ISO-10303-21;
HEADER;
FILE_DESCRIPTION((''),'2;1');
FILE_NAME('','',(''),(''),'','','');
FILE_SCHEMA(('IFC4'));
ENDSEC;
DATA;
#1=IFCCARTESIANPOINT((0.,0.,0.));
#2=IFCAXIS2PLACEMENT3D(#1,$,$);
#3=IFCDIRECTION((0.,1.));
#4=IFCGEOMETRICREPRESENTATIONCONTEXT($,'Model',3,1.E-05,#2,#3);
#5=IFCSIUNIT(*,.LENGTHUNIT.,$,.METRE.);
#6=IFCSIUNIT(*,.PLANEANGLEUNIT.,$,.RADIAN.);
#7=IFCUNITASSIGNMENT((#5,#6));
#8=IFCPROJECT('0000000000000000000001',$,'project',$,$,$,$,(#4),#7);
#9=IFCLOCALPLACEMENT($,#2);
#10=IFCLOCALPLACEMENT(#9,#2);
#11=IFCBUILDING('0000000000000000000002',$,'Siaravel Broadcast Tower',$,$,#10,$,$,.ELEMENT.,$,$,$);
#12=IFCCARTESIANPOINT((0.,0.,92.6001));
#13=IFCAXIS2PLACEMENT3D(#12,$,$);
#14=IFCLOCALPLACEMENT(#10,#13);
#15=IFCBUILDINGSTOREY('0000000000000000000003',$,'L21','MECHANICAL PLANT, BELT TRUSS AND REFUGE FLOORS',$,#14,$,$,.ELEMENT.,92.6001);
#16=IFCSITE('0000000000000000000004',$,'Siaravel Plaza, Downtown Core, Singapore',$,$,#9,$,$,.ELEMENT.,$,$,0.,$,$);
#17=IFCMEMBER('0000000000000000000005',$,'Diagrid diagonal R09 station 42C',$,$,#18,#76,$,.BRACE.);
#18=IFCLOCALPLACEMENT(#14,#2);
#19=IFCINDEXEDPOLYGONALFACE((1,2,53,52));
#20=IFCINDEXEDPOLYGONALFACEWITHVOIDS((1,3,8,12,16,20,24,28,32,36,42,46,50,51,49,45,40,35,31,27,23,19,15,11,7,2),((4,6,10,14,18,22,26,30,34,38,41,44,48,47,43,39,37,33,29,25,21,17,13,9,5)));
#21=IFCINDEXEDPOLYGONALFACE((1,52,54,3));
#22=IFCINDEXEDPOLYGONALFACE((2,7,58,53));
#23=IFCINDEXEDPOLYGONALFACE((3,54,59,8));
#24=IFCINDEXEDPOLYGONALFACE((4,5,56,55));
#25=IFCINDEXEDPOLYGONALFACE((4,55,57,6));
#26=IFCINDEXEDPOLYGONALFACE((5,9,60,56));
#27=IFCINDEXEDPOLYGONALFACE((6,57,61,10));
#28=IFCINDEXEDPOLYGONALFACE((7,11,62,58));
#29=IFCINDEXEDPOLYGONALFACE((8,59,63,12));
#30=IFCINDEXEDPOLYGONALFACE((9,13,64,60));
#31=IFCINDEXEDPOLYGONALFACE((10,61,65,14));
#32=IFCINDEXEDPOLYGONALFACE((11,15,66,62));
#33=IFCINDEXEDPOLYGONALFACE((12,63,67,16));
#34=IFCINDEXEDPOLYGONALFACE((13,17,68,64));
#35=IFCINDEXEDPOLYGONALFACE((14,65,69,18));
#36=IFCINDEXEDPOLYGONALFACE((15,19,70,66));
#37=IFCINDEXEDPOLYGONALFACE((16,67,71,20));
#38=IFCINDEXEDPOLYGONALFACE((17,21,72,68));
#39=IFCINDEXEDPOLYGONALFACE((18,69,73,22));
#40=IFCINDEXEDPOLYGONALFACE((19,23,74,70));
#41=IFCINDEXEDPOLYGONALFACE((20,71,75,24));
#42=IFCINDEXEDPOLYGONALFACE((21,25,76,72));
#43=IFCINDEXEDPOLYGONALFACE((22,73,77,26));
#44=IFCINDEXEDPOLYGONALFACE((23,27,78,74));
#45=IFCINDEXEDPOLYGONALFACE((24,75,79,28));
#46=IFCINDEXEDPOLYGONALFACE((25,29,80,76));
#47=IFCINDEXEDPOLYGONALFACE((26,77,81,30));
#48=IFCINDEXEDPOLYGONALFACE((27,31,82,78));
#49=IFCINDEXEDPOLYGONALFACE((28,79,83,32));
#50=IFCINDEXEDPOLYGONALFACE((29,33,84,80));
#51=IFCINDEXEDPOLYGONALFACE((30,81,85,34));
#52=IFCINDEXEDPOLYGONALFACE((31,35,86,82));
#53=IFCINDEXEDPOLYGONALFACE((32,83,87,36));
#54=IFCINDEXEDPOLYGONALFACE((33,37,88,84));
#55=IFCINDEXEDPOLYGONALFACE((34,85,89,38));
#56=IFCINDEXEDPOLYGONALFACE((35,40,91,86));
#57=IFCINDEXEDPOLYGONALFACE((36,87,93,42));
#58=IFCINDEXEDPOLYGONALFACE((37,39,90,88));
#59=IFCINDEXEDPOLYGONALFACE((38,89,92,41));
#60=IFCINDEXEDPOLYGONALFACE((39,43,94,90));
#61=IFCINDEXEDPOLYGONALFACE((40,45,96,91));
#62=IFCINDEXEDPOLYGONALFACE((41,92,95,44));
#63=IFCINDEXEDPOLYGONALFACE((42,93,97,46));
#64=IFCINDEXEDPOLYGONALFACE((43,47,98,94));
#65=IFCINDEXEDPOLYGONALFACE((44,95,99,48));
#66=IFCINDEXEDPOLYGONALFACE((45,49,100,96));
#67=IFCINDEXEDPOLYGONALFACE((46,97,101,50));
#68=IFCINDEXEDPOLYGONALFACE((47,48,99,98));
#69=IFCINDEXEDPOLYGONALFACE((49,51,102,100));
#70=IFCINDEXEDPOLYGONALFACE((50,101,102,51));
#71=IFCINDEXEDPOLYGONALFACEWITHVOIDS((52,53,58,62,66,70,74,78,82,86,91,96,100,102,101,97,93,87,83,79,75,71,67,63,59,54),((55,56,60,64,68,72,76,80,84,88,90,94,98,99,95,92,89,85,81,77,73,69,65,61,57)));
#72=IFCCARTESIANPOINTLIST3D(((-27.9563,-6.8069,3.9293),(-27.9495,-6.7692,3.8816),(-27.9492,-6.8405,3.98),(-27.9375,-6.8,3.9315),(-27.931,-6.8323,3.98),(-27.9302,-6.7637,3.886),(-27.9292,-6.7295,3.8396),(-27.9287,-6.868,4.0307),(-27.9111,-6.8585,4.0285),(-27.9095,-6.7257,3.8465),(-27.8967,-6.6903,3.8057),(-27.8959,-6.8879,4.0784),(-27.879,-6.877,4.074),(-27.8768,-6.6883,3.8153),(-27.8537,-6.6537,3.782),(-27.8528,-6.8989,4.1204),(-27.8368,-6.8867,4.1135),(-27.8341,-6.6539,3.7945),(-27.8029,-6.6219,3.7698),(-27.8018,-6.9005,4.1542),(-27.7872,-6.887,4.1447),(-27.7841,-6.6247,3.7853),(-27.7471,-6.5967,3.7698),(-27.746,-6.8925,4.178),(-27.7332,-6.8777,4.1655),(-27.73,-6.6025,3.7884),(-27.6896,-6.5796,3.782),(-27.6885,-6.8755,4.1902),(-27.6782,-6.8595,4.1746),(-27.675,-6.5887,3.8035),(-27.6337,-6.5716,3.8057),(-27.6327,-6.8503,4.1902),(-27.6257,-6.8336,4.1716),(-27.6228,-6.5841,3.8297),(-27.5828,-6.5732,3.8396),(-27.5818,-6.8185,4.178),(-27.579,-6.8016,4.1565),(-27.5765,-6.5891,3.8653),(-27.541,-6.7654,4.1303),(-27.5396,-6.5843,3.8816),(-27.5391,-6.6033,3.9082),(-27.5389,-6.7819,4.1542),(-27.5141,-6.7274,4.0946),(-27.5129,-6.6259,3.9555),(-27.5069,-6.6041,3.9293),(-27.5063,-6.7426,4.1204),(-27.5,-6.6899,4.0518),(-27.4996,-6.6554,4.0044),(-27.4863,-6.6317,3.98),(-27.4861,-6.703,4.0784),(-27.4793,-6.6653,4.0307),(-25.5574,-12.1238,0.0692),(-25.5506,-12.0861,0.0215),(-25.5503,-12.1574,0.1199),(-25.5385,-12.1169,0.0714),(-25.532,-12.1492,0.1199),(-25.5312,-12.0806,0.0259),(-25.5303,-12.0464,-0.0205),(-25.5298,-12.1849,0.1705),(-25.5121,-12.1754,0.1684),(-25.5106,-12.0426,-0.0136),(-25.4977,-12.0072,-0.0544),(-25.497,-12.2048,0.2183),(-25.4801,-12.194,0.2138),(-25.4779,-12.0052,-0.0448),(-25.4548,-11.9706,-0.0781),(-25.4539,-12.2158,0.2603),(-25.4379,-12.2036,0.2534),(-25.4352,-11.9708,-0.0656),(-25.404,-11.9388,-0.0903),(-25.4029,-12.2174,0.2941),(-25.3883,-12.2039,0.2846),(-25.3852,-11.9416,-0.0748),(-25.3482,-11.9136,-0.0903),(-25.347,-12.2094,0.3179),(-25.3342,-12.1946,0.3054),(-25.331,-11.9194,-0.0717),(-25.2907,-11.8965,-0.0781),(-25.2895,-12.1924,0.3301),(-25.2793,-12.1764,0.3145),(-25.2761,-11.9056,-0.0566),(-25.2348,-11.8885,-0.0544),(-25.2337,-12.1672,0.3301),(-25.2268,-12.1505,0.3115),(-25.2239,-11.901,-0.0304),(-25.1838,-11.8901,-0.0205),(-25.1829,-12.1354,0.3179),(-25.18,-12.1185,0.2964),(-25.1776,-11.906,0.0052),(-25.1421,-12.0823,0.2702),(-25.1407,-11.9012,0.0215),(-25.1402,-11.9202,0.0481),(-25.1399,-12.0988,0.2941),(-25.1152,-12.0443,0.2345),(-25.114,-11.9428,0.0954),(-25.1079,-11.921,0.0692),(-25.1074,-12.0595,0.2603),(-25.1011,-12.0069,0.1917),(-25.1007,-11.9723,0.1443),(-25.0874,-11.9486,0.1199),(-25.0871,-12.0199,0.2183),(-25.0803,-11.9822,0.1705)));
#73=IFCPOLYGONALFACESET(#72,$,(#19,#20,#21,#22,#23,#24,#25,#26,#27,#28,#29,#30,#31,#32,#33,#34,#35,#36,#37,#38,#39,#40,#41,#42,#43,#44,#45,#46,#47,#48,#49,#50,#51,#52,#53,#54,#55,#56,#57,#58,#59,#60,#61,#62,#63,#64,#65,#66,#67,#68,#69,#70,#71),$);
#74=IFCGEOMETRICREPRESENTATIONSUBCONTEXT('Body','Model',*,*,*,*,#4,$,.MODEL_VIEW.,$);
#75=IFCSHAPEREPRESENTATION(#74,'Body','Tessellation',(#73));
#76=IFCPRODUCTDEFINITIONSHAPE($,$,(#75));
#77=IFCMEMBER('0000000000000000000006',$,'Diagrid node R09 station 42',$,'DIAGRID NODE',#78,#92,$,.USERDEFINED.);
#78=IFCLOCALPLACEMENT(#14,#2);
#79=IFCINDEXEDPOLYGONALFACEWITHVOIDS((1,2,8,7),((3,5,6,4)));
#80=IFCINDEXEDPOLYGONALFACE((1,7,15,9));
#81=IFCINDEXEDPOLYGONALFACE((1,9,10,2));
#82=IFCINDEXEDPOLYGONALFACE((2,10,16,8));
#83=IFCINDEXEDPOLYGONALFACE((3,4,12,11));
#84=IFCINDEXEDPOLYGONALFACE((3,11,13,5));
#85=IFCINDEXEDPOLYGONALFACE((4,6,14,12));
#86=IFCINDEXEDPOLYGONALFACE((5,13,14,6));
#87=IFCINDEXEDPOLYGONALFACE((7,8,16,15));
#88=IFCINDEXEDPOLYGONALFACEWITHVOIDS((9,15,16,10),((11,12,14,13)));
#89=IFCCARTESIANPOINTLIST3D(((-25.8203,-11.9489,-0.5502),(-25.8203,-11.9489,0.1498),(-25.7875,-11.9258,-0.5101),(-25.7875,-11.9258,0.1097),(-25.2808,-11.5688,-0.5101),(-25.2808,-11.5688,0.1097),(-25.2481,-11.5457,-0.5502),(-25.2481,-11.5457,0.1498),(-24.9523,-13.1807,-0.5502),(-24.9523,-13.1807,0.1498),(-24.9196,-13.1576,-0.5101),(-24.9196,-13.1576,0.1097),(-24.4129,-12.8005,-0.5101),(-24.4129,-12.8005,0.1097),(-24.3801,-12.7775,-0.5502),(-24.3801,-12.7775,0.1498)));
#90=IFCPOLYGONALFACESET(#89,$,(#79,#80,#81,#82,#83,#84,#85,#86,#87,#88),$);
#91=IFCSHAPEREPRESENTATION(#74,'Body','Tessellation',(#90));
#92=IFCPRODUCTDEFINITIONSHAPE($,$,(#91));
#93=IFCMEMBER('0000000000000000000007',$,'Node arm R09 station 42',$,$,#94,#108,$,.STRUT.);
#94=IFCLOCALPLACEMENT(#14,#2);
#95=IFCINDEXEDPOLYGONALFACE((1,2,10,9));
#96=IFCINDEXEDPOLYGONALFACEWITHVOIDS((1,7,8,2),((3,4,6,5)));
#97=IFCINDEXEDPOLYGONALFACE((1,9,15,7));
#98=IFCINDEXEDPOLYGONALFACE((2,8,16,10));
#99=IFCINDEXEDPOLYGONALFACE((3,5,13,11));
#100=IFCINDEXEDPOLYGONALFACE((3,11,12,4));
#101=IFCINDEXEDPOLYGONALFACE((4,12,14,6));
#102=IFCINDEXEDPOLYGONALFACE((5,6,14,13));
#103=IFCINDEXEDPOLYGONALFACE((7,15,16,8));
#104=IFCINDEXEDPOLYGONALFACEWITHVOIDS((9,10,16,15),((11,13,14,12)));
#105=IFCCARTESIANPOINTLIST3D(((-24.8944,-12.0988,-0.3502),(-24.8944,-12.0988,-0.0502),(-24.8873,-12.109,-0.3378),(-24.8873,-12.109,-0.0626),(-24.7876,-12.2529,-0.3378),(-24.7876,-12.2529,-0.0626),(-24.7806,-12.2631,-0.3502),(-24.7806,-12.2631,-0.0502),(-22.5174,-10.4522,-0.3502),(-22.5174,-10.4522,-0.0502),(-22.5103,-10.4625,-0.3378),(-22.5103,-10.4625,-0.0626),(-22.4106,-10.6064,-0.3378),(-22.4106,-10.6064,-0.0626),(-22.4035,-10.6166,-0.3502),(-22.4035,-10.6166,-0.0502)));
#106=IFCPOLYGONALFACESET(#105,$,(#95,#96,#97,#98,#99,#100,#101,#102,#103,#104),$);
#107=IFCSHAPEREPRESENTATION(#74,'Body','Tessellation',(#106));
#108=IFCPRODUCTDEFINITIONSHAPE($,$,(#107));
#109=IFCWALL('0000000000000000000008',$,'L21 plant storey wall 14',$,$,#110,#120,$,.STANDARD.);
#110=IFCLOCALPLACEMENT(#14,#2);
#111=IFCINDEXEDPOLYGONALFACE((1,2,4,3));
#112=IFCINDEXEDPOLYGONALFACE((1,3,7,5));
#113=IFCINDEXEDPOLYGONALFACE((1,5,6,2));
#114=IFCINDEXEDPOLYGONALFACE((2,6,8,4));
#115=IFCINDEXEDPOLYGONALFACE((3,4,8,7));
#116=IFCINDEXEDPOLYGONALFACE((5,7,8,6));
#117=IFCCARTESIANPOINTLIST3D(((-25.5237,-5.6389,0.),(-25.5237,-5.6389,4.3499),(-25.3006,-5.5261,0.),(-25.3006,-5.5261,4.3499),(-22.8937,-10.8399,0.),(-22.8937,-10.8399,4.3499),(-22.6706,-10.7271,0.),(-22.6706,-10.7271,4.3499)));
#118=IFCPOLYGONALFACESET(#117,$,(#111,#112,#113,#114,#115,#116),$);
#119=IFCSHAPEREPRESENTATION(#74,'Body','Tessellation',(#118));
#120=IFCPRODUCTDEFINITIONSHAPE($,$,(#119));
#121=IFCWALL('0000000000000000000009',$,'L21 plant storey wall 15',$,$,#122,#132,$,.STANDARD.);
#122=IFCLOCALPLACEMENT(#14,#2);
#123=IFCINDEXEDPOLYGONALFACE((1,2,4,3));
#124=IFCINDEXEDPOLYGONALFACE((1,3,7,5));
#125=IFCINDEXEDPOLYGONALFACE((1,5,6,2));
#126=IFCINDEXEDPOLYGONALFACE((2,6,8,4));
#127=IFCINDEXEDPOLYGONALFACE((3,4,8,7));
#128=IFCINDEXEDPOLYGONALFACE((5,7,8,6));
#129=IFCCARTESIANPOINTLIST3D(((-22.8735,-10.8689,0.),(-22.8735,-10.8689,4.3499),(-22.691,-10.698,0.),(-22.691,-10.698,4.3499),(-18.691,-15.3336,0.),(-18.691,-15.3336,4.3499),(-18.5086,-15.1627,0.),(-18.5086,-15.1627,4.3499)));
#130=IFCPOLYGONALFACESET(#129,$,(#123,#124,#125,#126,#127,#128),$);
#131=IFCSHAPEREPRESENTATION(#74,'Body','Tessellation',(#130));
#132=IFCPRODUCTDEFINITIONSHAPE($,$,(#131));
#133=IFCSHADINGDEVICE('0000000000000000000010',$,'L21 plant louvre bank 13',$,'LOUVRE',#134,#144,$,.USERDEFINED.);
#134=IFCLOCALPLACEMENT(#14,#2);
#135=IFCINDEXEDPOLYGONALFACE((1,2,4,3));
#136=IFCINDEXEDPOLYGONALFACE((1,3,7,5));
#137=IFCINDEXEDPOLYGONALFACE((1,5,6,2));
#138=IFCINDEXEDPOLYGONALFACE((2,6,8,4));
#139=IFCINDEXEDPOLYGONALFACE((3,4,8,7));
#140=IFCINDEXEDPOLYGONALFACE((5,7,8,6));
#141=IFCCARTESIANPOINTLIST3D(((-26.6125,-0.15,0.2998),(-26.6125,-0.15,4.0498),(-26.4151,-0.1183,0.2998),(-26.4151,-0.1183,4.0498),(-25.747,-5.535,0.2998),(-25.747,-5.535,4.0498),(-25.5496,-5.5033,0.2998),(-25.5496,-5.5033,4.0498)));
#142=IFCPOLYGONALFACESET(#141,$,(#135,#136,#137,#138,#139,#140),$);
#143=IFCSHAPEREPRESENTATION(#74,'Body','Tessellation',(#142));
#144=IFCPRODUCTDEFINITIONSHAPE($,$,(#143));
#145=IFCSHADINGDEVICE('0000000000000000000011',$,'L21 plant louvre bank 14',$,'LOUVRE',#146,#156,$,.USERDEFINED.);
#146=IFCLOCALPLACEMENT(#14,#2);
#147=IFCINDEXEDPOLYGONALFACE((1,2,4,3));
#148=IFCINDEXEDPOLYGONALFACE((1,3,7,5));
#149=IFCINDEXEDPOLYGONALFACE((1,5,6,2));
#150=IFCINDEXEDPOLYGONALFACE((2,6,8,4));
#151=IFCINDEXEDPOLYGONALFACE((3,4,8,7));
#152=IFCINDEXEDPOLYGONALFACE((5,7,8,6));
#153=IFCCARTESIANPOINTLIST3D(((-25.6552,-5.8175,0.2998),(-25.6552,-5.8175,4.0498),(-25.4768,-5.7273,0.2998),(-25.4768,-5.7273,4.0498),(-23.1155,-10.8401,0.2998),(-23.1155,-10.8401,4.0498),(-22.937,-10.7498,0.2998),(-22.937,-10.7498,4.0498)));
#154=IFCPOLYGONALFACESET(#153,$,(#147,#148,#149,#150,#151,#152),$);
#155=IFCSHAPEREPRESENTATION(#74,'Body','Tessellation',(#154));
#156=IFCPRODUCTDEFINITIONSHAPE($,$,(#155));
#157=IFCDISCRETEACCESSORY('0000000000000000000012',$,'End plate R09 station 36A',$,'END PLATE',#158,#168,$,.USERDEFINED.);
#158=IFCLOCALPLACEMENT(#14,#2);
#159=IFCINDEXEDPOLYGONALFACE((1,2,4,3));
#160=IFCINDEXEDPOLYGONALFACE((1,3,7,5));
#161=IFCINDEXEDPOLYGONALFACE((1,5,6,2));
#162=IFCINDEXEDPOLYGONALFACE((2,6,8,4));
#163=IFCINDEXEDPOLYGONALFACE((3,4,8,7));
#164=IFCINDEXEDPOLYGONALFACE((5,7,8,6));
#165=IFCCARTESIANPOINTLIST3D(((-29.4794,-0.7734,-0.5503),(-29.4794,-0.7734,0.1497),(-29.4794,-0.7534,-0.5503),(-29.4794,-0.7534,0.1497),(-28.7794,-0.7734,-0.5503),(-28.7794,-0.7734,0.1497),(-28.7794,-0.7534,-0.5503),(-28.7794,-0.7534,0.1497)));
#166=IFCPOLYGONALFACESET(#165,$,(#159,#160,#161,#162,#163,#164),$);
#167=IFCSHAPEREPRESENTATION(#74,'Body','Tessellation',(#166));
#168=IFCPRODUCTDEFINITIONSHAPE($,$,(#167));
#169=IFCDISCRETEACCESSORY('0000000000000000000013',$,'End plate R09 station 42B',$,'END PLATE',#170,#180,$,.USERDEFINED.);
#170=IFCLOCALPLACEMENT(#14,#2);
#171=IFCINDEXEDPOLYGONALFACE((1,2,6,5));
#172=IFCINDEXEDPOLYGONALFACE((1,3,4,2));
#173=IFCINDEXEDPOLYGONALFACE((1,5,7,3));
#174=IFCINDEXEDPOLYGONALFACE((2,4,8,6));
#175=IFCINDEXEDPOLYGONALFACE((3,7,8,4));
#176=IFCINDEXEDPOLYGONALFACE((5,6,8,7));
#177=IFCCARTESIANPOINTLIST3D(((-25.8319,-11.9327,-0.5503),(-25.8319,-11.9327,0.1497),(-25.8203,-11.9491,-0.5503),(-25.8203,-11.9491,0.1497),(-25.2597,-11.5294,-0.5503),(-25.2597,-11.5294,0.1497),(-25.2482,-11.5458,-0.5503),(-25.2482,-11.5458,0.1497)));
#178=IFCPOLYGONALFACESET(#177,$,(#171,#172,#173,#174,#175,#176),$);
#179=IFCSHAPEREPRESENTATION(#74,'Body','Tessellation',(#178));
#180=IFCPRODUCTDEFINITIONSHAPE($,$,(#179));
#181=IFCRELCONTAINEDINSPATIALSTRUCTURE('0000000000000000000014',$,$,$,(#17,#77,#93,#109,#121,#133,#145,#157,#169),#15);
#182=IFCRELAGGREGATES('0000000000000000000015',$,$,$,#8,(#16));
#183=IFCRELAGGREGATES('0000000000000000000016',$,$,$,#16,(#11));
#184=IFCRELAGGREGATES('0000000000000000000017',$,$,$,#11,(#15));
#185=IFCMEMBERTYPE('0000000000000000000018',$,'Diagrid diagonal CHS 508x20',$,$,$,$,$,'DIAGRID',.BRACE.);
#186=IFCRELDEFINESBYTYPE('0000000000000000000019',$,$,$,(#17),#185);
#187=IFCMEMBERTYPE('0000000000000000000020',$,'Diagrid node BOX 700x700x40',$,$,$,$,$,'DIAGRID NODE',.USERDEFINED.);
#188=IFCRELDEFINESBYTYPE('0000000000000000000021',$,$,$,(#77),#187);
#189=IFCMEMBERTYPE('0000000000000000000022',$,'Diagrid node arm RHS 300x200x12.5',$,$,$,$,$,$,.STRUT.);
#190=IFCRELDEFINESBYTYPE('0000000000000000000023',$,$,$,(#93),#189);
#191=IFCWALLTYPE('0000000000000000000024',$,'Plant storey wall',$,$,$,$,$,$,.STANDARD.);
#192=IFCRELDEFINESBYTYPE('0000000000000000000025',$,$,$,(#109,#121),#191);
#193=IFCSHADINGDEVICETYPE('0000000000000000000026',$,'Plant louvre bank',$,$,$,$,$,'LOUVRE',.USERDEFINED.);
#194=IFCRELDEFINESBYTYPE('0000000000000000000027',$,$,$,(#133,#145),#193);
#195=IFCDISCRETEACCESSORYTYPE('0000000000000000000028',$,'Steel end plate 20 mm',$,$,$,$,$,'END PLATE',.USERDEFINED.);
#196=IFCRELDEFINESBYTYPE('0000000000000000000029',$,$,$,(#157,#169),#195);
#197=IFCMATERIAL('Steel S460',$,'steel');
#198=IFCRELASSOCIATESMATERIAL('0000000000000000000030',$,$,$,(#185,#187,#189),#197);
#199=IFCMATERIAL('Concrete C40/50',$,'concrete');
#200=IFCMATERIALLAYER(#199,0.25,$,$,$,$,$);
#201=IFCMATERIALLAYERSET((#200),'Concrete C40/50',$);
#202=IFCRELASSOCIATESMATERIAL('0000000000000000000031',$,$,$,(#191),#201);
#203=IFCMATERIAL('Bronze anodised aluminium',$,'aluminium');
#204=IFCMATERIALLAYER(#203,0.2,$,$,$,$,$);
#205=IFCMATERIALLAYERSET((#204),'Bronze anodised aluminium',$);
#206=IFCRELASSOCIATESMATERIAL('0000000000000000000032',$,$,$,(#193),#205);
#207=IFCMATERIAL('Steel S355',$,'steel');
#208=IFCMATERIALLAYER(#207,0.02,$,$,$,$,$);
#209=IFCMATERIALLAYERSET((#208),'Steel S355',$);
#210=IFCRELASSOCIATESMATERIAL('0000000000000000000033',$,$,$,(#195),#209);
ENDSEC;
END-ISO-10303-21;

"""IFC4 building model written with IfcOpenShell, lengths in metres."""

from ifc_helpers import new_model, si_unit, direction, frame, frame_2d, origin, origin_2d, place, context, subcontext, project, spatial, rectangle, hollow_rectangle, hollow_circle, extrude, material, layer, layer_set, material_profile, profile_set, type_object, element, save


model = new_model("IFC4")

# Units and contexts
model_context = context("Model", 3, precision=1e-05, world=origin(), true_north=direction((0.0, 1.0)))
body_context = subcontext(model_context, "Body", "Model", "MODEL_VIEW")
ifc_project = project(units=[si_unit("LENGTHUNIT", "METRE"), si_unit("PLANEANGLEUNIT", "RADIAN")], contexts=[model_context])

# Site, building, storey
site_placement = place(None, origin())
site = spatial("IfcSite", under=ifc_project, at=site_placement, Name="Siaravel Plaza, Downtown Core, Singapore", CompositionType="ELEMENT", RefElevation=0.0)
building_placement = place(site_placement, origin())
building = spatial("IfcBuilding", under=site, at=building_placement, Name="Siaravel Broadcast Tower", CompositionType="ELEMENT")
storey_placement = place(building_placement, frame((0.0, 0.0, 92.6001)))
storey = spatial("IfcBuildingStorey", under=building, at=storey_placement, Name="L21", Description="MECHANICAL PLANT, BELT TRUSS AND REFUGE FLOORS", CompositionType="ELEMENT", Elevation=92.6001)

# Shared definitions
ifc_material_1 = material(Name="Steel S355", Category="steel")
ifc_material_2 = material(Name="Steel S460", Category="steel")

# Members
ifc_material_profile_1 = material_profile(ifc_material_2, hollow_circle(Radius=0.2539, WallThickness=0.02, at=origin_2d()))
ifc_profile_set_1 = profile_set([ifc_material_profile_1], Name="Steel S460")
member_type_1 = type_object("IfcMemberType", Name="Diagrid diagonal CHS 508x20", ElementType="DIAGRID", PredefinedType="BRACE", material=ifc_profile_set_1)
member_1_placement = place(storey_placement, frame((-25.3188, -12.053, 0.1199), z_axis=(-0.342968, 0.760141, 0.551868), x_axis=(-0.911515, -0.411266, 0.0)))
element("IfcMember", 1, at=member_1_placement, inside=storey, type_object=member_type_1, Name="Diagrid diagonal R09 station 42C", PredefinedType="BRACE", context=body_context, shape_type="SweptSolid", body=[
    extrude(hollow_circle(Radius=0.2539, WallThickness=0.02, at=origin_2d()), origin(), (0.0, 0.0, 1.0), 6.9946),
])
ifc_material_profile_2 = material_profile(ifc_material_2, hollow_rectangle(XDim=0.7, YDim=0.7, WallThickness=0.04, at=origin_2d()))
ifc_profile_set_2 = profile_set([ifc_material_profile_2], Name="Steel S460")
member_type_2 = type_object("IfcMemberType", Name="Diagrid node BOX 700x700x40", ElementType="DIAGRID NODE", PredefinedType="USERDEFINED", material=ifc_profile_set_2)
member_2_placement = place(storey_placement, frame((-25.5342, -11.7473, -0.2002), z_axis=(0.576015, -0.817439, 0.0), x_axis=(0.817439, 0.576015, 0.0)))
element("IfcMember", 2, at=member_2_placement, inside=storey, type_object=member_type_2, Name="Diagrid node R09 station 42", ObjectType="DIAGRID NODE", PredefinedType="USERDEFINED", context=body_context, shape_type="SweptSolid", body=[
    extrude(hollow_rectangle(XDim=0.7, YDim=0.7, WallThickness=0.04, at=origin_2d()), origin(), (0.0, 0.0, 1.0), 1.5068),
])
ifc_material_profile_3 = material_profile(ifc_material_2, hollow_rectangle(XDim=0.2, YDim=0.3, WallThickness=0.0125, at=origin_2d()))
ifc_profile_set_3 = profile_set([ifc_material_profile_3], Name="Steel S460")
member_type_3 = type_object("IfcMemberType", Name="Diagrid node arm RHS 300x200x12.5", PredefinedType="STRUT", material=ifc_profile_set_3)
member_3_placement = place(storey_placement, frame((-22.4604, -10.5344, -0.2002), z_axis=(-0.822046, -0.569421, 0.0), x_axis=(0.569421, -0.822046, 0.0)))
element("IfcMember", 3, at=member_3_placement, inside=storey, type_object=member_type_3, Name="Node arm R09 station 42", PredefinedType="STRUT", context=body_context, shape_type="SweptSolid", body=[
    extrude(hollow_rectangle(XDim=0.2, YDim=0.3, WallThickness=0.0125, at=origin_2d()), origin(), (0.0, 0.0, 1.0), 2.8916),
])

# Walls
ifc_material_3 = material(Name="Concrete C40/50", Category="concrete")
ifc_layer_1 = layer(ifc_material_3, 0.25)
ifc_layer_set_1 = layer_set([ifc_layer_1], Name="Concrete C40/50")
wall_type = type_object("IfcWallType", Name="Plant storey wall", PredefinedType="STANDARD", material=ifc_layer_set_1)
wall_1_placement = place(storey_placement, frame((-25.4121, -5.5825, 0.0), z_axis=(0.0, 0.0, 1.0), x_axis=(0.451247, -0.892399, 0.0)))
element("IfcWall", 4, at=wall_1_placement, inside=storey, type_object=wall_type, Name="L21 plant storey wall 14", PredefinedType="STANDARD", context=body_context, shape_type="SweptSolid", body=[
    extrude(rectangle(XDim=5.8281, YDim=0.25, at=frame_2d((2.9141, 0.0))), origin(), (0.0, 0.0, 1.0), 4.3499),
])
wall_2_placement = place(storey_placement, frame((-22.7822, -10.7834, 0.0), z_axis=(0.0, 0.0, 1.0), x_axis=(0.683664, -0.729797, 0.0)))
element("IfcWall", 5, at=wall_2_placement, inside=storey, type_object=wall_type, Name="L21 plant storey wall 15", PredefinedType="STANDARD", context=body_context, shape_type="SweptSolid", body=[
    extrude(rectangle(XDim=6.1177, YDim=0.25, at=frame_2d((3.0588, 0.0))), origin(), (0.0, 0.0, 1.0), 4.3499),
])

# Shading devices
ifc_material_4 = material(Name="Bronze anodised aluminium", Category="aluminium")
ifc_layer_2 = layer(ifc_material_4, 0.2)
ifc_layer_set_2 = layer_set([ifc_layer_2], Name="Bronze anodised aluminium")
shading_device_type = type_object("IfcShadingDeviceType", Name="Plant louvre bank", ElementType="LOUVRE", PredefinedType="USERDEFINED", material=ifc_layer_set_2)
shading_device_1_placement = place(storey_placement, frame((-26.0811, -2.8267, 0.2998), z_axis=(0.0, 0.0, 1.0), x_axis=(0.158685, -0.987329, 0.0)))
element("IfcShadingDevice", 6, at=shading_device_1_placement, inside=storey, type_object=shading_device_type, Name="L21 plant louvre bank 13", ObjectType="LOUVRE", PredefinedType="USERDEFINED", context=body_context, shape_type="SweptSolid", body=[
    extrude(rectangle(XDim=5.4541, YDim=0.2, at=origin_2d()), origin(), (0.0, 0.0, 1.0), 3.75),
])
shading_device_2_placement = place(storey_placement, frame((-24.2961, -8.2837, 0.2998), z_axis=(0.0, 0.0, 1.0), x_axis=(0.451261, -0.892392, 0.0)))
element("IfcShadingDevice", 7, at=shading_device_2_placement, inside=storey, type_object=shading_device_type, Name="L21 plant louvre bank 14", ObjectType="LOUVRE", PredefinedType="USERDEFINED", context=body_context, shape_type="SweptSolid", body=[
    extrude(rectangle(XDim=5.6282, YDim=0.2, at=origin_2d()), origin(), (0.0, 0.0, 1.0), 3.75),
])

# Discrete accessories
ifc_layer_3 = layer(ifc_material_1, 0.02)
ifc_layer_set_3 = layer_set([ifc_layer_3], Name="Steel S355")
discrete_accessory_type = type_object("IfcDiscreteAccessoryType", Name="Steel end plate 20 mm", ElementType="END PLATE", PredefinedType="USERDEFINED", material=ifc_layer_set_3)
for number, where, z_axis, x_axis, name in (
    (8, (-29.1294, -0.7634, -0.5503), (0.0, 0.0, 1.0), (0.0, -1.0, 0.0), "End plate R09 station 36A"),
    (9, (-25.54, -11.7393, -0.5503), (0.0, 0.0, 1.0), (0.576119, -0.817366, 0.0), "End plate R09 station 42B"),
):
    element("IfcDiscreteAccessory", number, at=place(storey_placement, frame(where, z_axis=z_axis, x_axis=x_axis)), inside=storey, type_object=discrete_accessory_type, Name=name, ObjectType="END PLATE", PredefinedType="USERDEFINED", context=body_context, shape_type="SweptSolid", body=[
        extrude(rectangle(XDim=0.02, YDim=0.7, at=origin_2d()), origin(), (0.0, 0.0, 1.0), 0.7),
    ])

save(model, "model.ifc")
